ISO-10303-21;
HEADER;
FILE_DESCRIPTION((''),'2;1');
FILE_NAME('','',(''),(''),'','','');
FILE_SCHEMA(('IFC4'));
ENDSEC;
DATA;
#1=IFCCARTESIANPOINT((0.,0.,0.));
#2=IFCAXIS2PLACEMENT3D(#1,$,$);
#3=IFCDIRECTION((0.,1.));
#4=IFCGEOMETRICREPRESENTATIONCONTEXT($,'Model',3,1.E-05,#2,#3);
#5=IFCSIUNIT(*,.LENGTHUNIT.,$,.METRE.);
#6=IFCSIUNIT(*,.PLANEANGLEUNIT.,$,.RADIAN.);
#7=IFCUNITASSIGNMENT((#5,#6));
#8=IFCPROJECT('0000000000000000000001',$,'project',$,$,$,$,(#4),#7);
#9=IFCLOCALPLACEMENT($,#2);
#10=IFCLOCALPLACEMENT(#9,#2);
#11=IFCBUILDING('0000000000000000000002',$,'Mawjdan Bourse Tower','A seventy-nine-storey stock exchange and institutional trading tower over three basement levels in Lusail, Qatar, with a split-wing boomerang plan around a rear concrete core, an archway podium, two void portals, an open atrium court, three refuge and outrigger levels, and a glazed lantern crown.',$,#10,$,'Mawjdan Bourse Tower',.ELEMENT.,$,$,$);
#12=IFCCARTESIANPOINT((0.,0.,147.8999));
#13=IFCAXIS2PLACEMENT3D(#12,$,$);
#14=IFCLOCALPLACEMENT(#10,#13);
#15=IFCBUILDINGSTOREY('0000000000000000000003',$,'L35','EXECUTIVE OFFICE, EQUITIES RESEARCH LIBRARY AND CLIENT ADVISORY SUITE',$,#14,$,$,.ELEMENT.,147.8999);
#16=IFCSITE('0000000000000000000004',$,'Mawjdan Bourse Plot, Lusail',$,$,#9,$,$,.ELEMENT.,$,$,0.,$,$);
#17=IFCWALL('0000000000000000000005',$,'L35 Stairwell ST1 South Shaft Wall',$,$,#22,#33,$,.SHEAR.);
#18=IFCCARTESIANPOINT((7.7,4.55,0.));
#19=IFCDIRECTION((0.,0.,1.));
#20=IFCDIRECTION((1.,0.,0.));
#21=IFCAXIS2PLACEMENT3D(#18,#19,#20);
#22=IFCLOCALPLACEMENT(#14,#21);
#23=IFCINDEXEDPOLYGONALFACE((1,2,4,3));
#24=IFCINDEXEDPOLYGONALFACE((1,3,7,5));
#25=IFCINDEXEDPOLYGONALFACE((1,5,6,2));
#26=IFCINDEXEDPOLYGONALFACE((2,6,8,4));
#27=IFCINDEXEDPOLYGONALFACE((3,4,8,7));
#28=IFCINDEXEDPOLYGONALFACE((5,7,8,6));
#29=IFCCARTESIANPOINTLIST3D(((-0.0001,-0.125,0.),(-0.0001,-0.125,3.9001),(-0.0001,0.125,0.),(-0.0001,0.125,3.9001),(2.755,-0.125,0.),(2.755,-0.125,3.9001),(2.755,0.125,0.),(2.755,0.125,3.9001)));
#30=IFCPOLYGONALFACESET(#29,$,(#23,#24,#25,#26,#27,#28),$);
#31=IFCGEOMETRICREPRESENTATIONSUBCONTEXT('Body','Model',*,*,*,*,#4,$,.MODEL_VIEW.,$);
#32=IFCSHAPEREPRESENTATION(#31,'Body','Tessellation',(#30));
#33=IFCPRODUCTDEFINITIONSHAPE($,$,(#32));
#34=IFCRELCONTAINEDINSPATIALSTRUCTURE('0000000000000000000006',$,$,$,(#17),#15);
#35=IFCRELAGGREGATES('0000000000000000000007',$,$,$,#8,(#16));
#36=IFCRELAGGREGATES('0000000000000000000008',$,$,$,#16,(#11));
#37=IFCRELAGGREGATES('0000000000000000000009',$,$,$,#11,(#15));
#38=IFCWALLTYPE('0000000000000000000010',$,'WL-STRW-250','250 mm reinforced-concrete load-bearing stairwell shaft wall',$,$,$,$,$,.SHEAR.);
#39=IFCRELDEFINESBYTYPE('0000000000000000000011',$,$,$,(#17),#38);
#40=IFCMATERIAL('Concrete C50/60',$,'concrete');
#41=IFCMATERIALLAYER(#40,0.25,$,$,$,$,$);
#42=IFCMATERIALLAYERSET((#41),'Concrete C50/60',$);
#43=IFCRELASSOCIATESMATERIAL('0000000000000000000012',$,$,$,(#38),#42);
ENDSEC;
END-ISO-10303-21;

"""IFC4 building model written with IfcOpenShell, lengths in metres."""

from ifc_helpers import new_model, si_unit, direction, frame, frame_2d, origin, place, context, subcontext, project, spatial, rectangle, extrude, material, layer, layer_set, type_object, element, save


model = new_model("IFC4")

# Units and contexts
model_context = context("Model", 3, precision=1e-05, world=origin(), true_north=direction((0.0, 1.0)))
body_context = subcontext(model_context, "Body", "Model", "MODEL_VIEW")
ifc_project = project(units=[si_unit("LENGTHUNIT", "METRE"), si_unit("PLANEANGLEUNIT", "RADIAN")], contexts=[model_context])

# Site, building, storey
site_placement = place(None, origin())
site = spatial("IfcSite", under=ifc_project, at=site_placement, Name="Mawjdan Bourse Plot, Lusail", CompositionType="ELEMENT", RefElevation=0.0)
building_placement = place(site_placement, origin())
building = spatial("IfcBuilding", under=site, at=building_placement, Name="Mawjdan Bourse Tower", Description="A seventy-nine-storey stock exchange and institutional trading tower over three basement levels in Lusail, Qatar, with a split-wing boomerang plan around a rear concrete core, an archway podium, two void portals, an open atrium court, three refuge and outrigger levels, and a glazed lantern crown.", LongName="Mawjdan Bourse Tower", CompositionType="ELEMENT")
storey_placement = place(building_placement, frame((0.0, 0.0, 147.8999)))
storey = spatial("IfcBuildingStorey", under=building, at=storey_placement, Name="L35", Description="EXECUTIVE OFFICE, EQUITIES RESEARCH LIBRARY AND CLIENT ADVISORY SUITE", CompositionType="ELEMENT", Elevation=147.8999)

# Shared definitions
ifc_material_1 = material(Name="Concrete C50/60", Category="concrete")

# Wall
ifc_layer_1 = layer(ifc_material_1, 0.25)
ifc_layer_set_1 = layer_set([ifc_layer_1], Name="Concrete C50/60")
wall_type_1 = type_object("IfcWallType", Name="WL-STRW-250", Description="250 mm reinforced-concrete load-bearing stairwell shaft wall", PredefinedType="SHEAR", material=ifc_layer_set_1)
wall_1_placement = place(storey_placement, frame((7.7, 4.55, 0.0), z_axis=(0.0, 0.0, 1.0), x_axis=(1.0, 0.0, 0.0)))
element("IfcWall", 1, at=wall_1_placement, inside=storey, type_object=wall_type_1, Name="L35 Stairwell ST1 South Shaft Wall", PredefinedType="SHEAR", context=body_context, shape_type="SweptSolid", body=[
    extrude(rectangle(XDim=2.7551, YDim=0.25, at=frame_2d((1.3774, 0.0))), origin(), (0.0, 0.0, 1.0), 3.9001),
])

save(model, "model.ifc")
